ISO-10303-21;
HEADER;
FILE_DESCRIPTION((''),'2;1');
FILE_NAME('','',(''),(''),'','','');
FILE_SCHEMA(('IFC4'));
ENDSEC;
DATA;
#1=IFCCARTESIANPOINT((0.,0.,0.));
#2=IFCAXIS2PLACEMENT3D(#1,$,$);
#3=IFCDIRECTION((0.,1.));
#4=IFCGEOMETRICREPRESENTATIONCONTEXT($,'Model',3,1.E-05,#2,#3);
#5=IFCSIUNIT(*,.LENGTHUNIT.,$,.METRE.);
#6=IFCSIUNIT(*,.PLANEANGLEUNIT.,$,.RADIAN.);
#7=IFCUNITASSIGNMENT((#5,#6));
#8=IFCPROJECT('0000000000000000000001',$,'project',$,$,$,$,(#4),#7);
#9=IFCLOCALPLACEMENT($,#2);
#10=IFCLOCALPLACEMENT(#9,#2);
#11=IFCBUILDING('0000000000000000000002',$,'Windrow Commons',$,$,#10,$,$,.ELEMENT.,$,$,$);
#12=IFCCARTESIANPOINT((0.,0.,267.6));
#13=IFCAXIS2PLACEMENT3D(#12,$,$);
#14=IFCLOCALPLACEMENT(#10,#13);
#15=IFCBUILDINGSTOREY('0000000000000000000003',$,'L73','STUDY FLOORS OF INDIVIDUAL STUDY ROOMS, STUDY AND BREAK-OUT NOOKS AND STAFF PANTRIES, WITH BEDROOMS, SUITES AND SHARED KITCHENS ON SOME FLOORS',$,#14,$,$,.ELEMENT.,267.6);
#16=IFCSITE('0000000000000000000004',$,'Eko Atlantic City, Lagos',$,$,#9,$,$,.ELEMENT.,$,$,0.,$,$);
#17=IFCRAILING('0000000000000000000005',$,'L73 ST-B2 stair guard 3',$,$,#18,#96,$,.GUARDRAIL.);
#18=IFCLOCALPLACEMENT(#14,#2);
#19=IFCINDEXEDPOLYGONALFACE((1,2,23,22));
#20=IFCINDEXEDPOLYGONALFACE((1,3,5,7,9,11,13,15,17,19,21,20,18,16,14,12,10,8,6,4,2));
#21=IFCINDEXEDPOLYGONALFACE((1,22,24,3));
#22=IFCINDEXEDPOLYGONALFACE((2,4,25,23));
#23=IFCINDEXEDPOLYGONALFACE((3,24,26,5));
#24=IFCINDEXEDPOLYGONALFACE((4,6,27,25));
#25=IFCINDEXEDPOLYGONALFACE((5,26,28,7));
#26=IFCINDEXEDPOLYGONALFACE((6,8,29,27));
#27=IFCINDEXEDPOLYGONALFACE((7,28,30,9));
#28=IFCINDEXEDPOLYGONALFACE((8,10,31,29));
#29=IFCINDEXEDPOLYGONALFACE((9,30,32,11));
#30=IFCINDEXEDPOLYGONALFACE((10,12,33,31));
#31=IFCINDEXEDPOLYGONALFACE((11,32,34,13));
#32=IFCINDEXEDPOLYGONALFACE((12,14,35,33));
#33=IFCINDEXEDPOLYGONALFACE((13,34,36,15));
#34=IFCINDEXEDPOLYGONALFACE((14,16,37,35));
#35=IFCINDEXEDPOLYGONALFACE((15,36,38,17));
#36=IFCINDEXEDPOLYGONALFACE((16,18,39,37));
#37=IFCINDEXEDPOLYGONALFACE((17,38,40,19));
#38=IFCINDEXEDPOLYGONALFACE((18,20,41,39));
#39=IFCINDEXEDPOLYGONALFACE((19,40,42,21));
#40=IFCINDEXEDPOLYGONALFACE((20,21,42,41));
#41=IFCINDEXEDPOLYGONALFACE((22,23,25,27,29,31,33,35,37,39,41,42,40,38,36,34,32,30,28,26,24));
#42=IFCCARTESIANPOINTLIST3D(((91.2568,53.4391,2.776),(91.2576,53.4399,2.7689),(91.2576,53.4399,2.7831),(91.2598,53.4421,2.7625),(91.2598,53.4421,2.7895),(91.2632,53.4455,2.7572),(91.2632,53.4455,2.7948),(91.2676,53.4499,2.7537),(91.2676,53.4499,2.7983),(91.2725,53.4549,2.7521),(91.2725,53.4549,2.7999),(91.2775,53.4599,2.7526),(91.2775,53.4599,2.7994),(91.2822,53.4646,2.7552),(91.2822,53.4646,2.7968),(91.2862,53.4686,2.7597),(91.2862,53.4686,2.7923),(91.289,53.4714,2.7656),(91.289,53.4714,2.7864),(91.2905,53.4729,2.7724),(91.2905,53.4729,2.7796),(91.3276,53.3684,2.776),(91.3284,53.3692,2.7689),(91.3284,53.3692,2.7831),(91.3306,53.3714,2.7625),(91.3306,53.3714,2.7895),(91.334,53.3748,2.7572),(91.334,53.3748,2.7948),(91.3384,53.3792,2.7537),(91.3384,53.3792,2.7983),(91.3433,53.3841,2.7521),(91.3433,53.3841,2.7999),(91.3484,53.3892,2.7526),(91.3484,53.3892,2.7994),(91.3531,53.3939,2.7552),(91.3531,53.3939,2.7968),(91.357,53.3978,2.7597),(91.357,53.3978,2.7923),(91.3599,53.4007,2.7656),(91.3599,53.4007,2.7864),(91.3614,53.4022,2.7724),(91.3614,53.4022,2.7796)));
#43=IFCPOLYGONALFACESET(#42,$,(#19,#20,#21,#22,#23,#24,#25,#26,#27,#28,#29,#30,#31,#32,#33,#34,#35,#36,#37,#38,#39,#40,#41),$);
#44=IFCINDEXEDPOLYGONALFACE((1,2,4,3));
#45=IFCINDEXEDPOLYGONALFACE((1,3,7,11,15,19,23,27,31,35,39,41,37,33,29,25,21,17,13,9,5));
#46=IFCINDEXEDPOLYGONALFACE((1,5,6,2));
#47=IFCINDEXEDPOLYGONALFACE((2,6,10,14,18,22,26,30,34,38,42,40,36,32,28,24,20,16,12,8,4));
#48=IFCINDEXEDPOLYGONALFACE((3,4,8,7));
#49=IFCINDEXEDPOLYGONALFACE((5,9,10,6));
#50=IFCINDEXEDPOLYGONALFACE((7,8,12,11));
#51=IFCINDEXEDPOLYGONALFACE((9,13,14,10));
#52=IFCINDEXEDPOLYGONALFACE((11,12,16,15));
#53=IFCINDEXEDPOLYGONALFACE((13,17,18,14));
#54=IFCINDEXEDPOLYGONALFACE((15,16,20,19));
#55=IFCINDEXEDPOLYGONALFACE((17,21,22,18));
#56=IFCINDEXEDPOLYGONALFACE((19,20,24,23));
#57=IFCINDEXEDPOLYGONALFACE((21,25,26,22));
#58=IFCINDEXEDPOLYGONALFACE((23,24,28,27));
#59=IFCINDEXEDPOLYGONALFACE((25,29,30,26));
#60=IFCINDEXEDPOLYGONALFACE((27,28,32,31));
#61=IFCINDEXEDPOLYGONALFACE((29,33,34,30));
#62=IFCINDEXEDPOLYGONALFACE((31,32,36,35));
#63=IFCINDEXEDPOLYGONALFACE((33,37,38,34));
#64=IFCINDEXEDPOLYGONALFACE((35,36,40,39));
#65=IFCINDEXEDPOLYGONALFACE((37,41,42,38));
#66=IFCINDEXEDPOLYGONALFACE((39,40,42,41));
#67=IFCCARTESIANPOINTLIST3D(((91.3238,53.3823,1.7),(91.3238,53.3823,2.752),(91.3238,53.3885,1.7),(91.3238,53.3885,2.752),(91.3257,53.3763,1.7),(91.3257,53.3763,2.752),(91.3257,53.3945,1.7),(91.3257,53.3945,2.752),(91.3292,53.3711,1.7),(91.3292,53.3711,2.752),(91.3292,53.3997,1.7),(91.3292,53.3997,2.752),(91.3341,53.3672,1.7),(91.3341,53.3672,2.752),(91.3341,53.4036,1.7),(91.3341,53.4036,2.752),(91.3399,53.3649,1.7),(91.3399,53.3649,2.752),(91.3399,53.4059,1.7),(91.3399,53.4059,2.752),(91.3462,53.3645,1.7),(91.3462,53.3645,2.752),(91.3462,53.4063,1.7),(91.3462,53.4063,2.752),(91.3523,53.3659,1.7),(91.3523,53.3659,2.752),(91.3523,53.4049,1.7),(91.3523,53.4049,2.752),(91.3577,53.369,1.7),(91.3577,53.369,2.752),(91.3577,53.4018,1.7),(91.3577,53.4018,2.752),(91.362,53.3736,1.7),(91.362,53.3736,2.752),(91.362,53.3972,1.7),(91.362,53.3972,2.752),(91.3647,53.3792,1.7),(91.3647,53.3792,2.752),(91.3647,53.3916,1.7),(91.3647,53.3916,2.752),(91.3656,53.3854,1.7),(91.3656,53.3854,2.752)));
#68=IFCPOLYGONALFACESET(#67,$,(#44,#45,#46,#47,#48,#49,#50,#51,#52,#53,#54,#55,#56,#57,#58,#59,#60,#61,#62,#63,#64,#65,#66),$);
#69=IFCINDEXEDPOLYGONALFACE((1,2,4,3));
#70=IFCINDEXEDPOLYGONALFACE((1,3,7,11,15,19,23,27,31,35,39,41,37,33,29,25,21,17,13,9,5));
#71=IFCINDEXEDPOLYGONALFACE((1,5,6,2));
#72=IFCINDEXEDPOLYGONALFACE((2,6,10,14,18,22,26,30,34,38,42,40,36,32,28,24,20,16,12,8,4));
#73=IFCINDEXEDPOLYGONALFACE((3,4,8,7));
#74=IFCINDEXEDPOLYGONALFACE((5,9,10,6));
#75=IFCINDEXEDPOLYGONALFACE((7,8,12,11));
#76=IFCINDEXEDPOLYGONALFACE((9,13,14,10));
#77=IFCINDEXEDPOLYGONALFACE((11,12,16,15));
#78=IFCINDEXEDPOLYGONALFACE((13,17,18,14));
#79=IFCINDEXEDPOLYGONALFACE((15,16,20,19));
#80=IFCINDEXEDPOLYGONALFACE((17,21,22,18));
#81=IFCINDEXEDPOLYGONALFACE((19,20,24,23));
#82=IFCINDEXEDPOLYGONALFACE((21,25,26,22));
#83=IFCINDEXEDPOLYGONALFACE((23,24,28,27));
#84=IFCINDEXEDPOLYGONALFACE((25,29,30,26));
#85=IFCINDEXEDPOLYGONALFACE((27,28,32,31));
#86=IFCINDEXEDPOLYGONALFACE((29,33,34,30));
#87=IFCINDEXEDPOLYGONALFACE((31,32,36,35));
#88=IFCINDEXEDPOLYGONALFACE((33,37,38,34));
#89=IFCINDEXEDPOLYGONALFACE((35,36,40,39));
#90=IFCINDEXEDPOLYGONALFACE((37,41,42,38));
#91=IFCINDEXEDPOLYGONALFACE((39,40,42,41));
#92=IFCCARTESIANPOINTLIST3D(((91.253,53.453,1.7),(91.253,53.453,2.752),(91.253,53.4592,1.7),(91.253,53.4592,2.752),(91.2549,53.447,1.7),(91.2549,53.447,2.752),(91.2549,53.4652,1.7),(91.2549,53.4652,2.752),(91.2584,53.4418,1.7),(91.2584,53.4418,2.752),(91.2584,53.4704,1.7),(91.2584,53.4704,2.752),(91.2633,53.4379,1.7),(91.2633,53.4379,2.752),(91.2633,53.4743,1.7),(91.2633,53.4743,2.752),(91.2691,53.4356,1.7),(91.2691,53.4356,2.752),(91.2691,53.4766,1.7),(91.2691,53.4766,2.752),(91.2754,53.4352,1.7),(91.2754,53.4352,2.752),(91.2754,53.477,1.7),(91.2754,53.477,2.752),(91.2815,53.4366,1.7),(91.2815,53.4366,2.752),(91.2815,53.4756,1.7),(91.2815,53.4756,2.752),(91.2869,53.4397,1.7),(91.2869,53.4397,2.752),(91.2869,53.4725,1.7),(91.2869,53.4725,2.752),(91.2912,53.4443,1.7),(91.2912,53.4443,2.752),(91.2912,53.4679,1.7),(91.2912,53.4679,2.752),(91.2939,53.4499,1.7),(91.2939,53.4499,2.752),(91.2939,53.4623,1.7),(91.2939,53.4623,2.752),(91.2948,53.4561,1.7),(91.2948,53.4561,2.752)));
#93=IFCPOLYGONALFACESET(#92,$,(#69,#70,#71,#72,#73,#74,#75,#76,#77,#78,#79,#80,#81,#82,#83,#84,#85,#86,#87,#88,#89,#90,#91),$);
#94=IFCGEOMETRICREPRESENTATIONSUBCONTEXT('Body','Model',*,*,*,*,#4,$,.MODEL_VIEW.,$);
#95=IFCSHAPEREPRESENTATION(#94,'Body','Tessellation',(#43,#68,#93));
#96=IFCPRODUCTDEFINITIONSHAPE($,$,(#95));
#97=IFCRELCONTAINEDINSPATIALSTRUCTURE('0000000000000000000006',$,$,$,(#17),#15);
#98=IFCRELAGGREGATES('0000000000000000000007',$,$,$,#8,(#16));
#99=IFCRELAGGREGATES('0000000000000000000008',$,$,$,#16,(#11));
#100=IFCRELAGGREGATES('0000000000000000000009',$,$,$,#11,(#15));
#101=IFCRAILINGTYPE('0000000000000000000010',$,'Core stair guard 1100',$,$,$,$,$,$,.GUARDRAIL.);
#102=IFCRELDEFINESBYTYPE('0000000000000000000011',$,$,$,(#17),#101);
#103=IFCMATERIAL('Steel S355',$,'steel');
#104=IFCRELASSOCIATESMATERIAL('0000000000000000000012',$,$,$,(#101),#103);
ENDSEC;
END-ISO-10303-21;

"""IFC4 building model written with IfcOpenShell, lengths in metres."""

from ifc_helpers import new_model, si_unit, direction, frame, origin, origin_2d, place, context, subcontext, project, spatial, circle, extrude, material, type_object, element, save


model = new_model("IFC4")

# Units and contexts
model_context = context("Model", 3, precision=1e-05, world=origin(), true_north=direction((0.0, 1.0)))
body_context = subcontext(model_context, "Body", "Model", "MODEL_VIEW")
ifc_project = project(units=[si_unit("LENGTHUNIT", "METRE"), si_unit("PLANEANGLEUNIT", "RADIAN")], contexts=[model_context])

# Site, building, storey
site_placement = place(None, origin())
site = spatial("IfcSite", under=ifc_project, at=site_placement, Name="Eko Atlantic City, Lagos", CompositionType="ELEMENT", RefElevation=0.0)
building_placement = place(site_placement, origin())
building = spatial("IfcBuilding", under=site, at=building_placement, Name="Windrow Commons", CompositionType="ELEMENT")
storey_placement = place(building_placement, frame((0.0, 0.0, 267.6)))
storey = spatial("IfcBuildingStorey", under=building, at=storey_placement, Name="L73", Description="STUDY FLOORS OF INDIVIDUAL STUDY ROOMS, STUDY AND BREAK-OUT NOOKS AND STAFF PANTRIES, WITH BEDROOMS, SUITES AND SHARED KITCHENS ON SOME FLOORS", CompositionType="ELEMENT", Elevation=267.6)

# Railing
ifc_material_1 = material(Name="Steel S355", Category="steel")
railing_type = type_object("IfcRailingType", Name="Core stair guard 1100", PredefinedType="GUARDRAIL", material=ifc_material_1)
railing_1_placement = place(storey_placement, frame((91.3446, 53.3854, 1.7)))
element("IfcRailing", 1, at=railing_1_placement, inside=storey, type_object=railing_type, Name="L73 ST-B2 stair guard 3", PredefinedType="GUARDRAIL", context=body_context, shape_type="SweptSolid", body=[
    extrude(circle(Radius=0.024, at=origin_2d()), frame((0.0, 0.0, 1.076), z_axis=(-0.707606, 0.706607, 0.0), x_axis=(-0.706607, -0.707606, 0.0)), (0.0, 0.0, 1.0), 0.1001),
    extrude(circle(Radius=0.021, at=origin_2d()), origin(), (0.0, 0.0, 1.0), 1.052),
    extrude(circle(Radius=0.021, at=origin_2d()), frame((-0.0708, 0.0707, 0.0)), (0.0, 0.0, 1.0), 1.052),
])

save(model, "model.ifc")
